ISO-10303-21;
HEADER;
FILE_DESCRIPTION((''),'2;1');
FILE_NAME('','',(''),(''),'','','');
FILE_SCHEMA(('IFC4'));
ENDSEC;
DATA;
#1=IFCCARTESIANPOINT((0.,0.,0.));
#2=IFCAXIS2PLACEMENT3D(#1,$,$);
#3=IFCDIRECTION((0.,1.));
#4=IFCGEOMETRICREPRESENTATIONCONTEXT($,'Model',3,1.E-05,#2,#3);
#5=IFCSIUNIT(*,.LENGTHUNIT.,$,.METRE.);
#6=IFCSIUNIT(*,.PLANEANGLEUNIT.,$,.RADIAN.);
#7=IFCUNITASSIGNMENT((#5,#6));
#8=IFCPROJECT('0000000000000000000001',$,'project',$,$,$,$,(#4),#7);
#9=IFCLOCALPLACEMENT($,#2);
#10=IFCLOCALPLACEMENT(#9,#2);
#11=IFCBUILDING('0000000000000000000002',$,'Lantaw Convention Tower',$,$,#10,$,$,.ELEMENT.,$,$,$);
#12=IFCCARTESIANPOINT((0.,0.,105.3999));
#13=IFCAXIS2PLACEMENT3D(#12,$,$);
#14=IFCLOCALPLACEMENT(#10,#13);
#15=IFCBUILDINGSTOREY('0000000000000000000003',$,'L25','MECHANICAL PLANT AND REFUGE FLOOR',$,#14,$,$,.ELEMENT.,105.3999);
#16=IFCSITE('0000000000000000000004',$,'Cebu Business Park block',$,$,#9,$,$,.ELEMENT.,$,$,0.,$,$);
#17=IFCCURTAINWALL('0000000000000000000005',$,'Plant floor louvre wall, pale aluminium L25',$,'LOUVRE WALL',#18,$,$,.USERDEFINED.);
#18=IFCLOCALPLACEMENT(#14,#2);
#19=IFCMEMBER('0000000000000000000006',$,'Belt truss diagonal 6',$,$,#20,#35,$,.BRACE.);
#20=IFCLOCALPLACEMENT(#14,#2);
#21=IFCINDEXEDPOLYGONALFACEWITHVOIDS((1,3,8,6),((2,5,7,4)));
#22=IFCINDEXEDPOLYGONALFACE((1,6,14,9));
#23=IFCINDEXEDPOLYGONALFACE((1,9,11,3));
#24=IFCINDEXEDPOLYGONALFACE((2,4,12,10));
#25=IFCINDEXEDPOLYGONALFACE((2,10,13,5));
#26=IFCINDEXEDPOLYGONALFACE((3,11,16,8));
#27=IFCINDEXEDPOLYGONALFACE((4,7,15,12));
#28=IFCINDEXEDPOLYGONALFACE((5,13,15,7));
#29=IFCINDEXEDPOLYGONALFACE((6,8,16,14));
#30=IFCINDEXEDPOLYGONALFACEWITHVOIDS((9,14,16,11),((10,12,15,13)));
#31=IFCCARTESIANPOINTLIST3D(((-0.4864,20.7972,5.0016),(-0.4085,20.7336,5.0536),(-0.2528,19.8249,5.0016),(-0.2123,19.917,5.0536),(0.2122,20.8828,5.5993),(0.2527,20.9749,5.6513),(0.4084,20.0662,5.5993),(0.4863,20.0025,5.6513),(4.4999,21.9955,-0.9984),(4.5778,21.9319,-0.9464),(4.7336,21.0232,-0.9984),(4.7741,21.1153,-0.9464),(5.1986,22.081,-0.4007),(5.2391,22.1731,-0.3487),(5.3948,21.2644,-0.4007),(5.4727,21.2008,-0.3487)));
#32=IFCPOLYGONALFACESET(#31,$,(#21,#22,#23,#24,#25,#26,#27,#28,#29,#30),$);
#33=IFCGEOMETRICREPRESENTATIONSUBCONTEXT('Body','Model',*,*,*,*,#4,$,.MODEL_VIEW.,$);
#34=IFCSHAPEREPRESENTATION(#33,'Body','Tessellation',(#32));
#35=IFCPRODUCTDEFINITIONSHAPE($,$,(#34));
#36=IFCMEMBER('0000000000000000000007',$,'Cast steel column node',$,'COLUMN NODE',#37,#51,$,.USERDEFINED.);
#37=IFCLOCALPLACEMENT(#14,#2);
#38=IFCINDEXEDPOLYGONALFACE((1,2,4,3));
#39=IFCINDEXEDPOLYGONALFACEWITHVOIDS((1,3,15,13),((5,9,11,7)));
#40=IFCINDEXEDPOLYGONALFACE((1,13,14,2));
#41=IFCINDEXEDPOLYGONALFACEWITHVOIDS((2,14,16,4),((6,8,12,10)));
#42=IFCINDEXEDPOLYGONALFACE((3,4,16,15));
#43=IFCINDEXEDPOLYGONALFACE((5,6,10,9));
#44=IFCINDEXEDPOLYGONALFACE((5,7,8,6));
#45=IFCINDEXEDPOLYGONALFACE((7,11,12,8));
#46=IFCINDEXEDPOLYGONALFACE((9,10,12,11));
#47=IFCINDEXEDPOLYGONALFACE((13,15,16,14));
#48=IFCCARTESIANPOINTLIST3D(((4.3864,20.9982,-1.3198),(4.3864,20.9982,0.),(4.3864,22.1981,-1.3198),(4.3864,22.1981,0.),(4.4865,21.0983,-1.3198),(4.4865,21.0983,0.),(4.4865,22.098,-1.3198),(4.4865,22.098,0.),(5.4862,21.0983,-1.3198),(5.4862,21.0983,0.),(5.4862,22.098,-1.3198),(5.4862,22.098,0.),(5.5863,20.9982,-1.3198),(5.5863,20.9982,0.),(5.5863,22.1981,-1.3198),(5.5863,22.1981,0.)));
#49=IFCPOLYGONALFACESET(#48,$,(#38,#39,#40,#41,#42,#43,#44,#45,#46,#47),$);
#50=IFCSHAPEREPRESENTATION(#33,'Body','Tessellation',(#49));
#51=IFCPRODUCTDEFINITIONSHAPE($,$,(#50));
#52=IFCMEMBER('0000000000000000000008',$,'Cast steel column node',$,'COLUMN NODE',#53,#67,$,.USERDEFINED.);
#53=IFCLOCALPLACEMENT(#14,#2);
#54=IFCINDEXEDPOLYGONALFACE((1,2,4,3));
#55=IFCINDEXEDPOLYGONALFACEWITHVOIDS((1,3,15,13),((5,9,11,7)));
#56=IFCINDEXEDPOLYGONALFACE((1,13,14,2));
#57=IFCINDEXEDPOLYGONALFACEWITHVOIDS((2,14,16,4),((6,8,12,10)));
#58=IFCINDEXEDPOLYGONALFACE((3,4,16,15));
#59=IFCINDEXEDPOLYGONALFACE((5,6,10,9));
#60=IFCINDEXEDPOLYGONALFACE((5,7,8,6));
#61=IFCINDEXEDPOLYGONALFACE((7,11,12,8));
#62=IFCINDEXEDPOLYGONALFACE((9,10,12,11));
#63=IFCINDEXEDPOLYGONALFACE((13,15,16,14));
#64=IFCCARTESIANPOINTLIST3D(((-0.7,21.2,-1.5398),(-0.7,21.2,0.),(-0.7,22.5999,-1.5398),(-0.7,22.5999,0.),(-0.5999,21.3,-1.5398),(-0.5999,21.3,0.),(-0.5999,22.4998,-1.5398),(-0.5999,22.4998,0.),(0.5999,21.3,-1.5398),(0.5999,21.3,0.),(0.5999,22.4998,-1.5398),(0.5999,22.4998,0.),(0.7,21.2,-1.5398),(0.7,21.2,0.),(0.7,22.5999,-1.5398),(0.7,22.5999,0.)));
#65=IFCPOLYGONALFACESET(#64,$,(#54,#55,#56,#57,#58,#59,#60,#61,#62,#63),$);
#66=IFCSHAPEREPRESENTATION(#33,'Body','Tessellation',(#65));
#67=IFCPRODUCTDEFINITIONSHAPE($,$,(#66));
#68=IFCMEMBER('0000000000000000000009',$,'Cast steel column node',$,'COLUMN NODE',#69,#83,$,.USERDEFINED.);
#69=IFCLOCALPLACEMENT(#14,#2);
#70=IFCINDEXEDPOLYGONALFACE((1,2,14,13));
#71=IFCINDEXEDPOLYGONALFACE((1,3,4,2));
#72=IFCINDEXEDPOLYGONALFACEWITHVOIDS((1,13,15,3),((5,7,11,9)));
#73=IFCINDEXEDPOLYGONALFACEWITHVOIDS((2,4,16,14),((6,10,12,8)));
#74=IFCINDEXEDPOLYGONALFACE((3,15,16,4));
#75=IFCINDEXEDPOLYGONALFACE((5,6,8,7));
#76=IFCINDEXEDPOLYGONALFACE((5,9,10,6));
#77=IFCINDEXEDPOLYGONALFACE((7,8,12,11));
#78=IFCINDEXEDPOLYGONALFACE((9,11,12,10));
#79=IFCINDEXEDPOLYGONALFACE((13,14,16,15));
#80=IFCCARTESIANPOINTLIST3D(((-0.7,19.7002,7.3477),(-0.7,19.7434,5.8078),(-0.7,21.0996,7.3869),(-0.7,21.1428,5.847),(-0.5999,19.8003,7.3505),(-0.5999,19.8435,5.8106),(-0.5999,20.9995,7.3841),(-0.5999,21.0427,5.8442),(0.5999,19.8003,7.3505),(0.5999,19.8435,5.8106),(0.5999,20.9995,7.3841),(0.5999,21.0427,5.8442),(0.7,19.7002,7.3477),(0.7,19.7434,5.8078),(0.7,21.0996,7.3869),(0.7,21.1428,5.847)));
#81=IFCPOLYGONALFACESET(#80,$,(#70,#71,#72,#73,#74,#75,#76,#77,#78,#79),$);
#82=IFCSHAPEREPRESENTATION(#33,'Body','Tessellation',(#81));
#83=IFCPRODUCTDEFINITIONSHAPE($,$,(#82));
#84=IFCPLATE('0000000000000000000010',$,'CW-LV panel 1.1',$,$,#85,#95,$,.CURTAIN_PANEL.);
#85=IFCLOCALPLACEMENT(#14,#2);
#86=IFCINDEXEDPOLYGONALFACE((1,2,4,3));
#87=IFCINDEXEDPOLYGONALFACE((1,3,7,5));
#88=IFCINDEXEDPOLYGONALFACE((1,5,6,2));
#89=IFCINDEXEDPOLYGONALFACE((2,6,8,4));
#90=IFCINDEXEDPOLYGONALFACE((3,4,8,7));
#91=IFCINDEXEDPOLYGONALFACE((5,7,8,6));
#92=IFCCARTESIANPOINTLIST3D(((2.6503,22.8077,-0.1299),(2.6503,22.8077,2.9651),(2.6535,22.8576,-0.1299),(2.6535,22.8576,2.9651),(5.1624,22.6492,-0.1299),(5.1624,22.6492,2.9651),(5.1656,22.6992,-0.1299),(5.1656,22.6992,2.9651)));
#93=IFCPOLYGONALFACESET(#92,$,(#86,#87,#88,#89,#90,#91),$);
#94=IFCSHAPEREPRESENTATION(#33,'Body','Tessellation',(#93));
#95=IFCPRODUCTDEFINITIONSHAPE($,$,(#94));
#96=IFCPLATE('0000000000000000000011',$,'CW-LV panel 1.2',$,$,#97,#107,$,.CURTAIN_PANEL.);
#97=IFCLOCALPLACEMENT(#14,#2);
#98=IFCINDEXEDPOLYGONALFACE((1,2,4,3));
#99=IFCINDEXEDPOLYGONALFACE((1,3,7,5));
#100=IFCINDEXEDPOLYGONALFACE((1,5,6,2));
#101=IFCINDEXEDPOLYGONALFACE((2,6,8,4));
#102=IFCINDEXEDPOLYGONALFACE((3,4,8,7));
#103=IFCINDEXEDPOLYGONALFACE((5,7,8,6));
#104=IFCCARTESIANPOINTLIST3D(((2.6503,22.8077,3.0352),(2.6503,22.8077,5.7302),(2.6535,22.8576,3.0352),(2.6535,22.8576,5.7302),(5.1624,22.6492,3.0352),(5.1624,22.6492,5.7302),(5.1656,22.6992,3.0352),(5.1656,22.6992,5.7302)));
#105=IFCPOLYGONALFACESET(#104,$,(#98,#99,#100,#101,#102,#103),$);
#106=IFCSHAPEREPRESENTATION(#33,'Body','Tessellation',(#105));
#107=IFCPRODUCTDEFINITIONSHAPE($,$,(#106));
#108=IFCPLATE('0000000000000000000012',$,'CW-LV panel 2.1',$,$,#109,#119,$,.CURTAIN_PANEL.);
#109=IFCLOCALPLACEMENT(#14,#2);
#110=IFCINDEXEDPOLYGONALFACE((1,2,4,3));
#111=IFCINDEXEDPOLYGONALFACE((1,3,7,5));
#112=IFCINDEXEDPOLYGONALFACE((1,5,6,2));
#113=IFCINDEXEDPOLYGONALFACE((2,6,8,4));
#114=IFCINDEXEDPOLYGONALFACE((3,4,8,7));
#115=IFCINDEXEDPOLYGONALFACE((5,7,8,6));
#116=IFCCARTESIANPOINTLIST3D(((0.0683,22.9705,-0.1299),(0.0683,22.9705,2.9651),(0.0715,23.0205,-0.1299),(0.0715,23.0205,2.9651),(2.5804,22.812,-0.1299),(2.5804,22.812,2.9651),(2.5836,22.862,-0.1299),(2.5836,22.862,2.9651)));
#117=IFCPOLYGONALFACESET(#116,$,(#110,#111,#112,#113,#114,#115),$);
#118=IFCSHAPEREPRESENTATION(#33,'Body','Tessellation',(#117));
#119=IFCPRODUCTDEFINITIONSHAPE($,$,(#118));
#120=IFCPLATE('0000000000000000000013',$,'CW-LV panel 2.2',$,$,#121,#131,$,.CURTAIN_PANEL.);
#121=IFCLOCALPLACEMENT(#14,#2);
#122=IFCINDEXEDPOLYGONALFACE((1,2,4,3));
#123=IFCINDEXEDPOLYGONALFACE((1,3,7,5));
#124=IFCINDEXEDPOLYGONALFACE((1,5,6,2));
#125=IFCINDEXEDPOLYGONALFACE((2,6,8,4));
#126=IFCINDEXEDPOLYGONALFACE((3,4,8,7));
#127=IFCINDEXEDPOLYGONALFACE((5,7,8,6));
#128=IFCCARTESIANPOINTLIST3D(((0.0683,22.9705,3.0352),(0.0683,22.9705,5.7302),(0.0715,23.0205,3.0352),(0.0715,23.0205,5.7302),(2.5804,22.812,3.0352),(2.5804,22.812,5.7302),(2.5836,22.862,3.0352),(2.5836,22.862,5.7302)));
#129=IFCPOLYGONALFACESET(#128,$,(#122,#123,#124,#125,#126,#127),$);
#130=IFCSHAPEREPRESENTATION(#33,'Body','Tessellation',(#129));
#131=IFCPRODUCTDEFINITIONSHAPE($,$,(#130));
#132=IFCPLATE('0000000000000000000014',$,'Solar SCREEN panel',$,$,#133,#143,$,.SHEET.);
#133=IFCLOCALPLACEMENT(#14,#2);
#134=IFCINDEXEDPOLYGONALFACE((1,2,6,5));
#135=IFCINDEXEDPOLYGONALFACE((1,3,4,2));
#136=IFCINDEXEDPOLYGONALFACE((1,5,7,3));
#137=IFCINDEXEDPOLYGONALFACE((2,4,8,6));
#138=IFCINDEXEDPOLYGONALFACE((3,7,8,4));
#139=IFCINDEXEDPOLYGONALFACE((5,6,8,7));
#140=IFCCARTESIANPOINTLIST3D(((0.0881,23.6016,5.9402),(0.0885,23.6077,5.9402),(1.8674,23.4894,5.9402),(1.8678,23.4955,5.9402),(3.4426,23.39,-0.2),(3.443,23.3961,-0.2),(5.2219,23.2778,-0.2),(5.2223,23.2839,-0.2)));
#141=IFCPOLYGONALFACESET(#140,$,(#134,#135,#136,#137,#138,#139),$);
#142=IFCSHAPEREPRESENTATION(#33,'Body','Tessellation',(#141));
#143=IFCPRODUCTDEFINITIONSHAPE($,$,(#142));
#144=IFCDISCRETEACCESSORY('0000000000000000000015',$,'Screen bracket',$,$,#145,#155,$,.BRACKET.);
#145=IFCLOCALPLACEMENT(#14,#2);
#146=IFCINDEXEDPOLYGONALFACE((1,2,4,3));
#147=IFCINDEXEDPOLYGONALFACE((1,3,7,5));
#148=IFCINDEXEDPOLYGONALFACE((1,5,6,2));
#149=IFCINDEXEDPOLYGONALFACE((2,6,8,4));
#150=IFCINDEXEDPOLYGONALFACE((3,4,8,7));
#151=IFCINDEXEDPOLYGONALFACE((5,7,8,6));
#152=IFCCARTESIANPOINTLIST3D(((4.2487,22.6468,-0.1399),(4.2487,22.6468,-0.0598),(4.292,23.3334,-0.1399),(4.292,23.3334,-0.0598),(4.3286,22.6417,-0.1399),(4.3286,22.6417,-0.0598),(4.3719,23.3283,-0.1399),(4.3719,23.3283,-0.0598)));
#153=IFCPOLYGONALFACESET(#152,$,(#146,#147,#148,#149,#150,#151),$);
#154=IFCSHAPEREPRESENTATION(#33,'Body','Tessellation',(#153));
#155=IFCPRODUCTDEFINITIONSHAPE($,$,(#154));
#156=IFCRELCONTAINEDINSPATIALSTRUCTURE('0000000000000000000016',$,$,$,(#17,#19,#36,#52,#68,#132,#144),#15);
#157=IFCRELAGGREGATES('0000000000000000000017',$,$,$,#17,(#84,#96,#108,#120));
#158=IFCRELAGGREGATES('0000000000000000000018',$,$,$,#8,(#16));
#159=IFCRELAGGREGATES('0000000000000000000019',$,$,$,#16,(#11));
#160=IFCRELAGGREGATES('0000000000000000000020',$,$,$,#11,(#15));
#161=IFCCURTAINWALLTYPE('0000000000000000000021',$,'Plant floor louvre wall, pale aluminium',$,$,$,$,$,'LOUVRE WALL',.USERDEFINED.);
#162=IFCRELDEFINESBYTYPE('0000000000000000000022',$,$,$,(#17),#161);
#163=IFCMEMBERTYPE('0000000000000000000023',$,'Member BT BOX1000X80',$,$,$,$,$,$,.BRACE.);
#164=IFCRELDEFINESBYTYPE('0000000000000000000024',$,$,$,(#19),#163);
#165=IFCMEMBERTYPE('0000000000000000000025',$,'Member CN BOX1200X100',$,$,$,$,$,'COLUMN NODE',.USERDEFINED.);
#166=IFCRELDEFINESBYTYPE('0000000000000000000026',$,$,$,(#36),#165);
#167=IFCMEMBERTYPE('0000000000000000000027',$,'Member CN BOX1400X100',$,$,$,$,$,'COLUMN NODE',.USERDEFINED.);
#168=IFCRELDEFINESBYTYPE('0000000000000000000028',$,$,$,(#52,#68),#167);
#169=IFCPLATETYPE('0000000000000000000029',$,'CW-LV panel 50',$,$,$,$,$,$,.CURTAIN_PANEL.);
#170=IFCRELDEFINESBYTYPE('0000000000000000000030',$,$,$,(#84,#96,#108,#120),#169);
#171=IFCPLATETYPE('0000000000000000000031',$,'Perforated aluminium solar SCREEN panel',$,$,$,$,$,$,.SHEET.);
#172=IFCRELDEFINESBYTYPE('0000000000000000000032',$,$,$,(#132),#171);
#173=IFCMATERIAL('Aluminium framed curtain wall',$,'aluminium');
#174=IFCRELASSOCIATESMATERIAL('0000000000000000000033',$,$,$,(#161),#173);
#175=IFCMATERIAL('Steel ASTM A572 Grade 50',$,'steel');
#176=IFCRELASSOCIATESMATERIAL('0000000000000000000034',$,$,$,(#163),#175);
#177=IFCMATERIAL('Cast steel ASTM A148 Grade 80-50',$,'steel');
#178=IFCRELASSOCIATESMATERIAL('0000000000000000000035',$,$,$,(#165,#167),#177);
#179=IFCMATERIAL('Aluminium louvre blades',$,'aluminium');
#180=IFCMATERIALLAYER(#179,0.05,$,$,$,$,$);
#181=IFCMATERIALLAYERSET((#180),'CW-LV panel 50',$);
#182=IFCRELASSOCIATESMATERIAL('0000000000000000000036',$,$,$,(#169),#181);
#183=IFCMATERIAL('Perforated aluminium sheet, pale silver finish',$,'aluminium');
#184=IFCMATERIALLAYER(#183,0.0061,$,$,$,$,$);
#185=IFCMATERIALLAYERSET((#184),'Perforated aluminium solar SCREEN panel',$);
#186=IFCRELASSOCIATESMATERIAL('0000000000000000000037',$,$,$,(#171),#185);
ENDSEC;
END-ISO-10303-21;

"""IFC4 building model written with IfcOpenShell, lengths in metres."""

from ifc_helpers import new_model, si_unit, direction, frame, origin, origin_2d, place, context, subcontext, project, spatial, polyline, rectangle, hollow_rectangle, outline, extrude, material, layer, layer_set, material_profile, profile_set, type_object, element, aggregate, save


model = new_model("IFC4")

# Units and contexts
model_context = context("Model", 3, precision=1e-05, world=origin(), true_north=direction((0.0, 1.0)))
body_context = subcontext(model_context, "Body", "Model", "MODEL_VIEW")
ifc_project = project(units=[si_unit("LENGTHUNIT", "METRE"), si_unit("PLANEANGLEUNIT", "RADIAN")], contexts=[model_context])

# Site, building, storey
site_placement = place(None, origin())
site = spatial("IfcSite", under=ifc_project, at=site_placement, Name="Cebu Business Park block", CompositionType="ELEMENT", RefElevation=0.0)
building_placement = place(site_placement, origin())
building = spatial("IfcBuilding", under=site, at=building_placement, Name="Lantaw Convention Tower", CompositionType="ELEMENT")
storey_placement = place(building_placement, frame((0.0, 0.0, 105.3999)))
storey = spatial("IfcBuildingStorey", under=building, at=storey_placement, Name="L25", Description="MECHANICAL PLANT AND REFUGE FLOOR", CompositionType="ELEMENT", Elevation=105.3999)

# Curtain wall
ifc_material_1 = material(Name="Aluminium framed curtain wall", Category="aluminium")
curtain_wall_type = type_object("IfcCurtainWallType", Name="Plant floor louvre wall, pale aluminium", ElementType="LOUVRE WALL", PredefinedType="USERDEFINED", material=ifc_material_1)
curtain_wall_placement = place(storey_placement, origin())
curtain_wall = element("IfcCurtainWall", 1, at=curtain_wall_placement, inside=storey, type_object=curtain_wall_type, Name="Plant floor louvre wall, pale aluminium L25", ObjectType="LOUVRE WALL", PredefinedType="USERDEFINED")

# Members
ifc_material_2 = material(Name="Steel ASTM A572 Grade 50", Category="steel")
ifc_material_profile_1 = material_profile(ifc_material_2, hollow_rectangle(XDim=1.0, YDim=1.0, WallThickness=0.0801, at=origin_2d()), Name="BOX1000X80")
ifc_profile_set_1 = profile_set([ifc_material_profile_1], Name="Steel ASTM A572 Grade 50")
member_type_1 = type_object("IfcMemberType", Name="Member BT BOX1000X80", PredefinedType="BRACE", material=ifc_profile_set_1)
member_1_placement = place(storey_placement, frame((4.9863, 21.5981, -0.6736), z_axis=(-0.631742, -0.151811, 0.760168), x_axis=(0.233654, -0.97232, 0.0)))
element("IfcMember", 2, at=member_1_placement, inside=storey, type_object=member_type_1, Name="Belt truss diagonal 6", PredefinedType="BRACE", context=body_context, shape_type="SweptSolid", body=[
    extrude(hollow_rectangle(XDim=1.0, YDim=1.0, WallThickness=0.0801, at=origin_2d()), origin(), (0.0, 0.0, 1.0), 7.8931),
])
ifc_material_3 = material(Name="Cast steel ASTM A148 Grade 80-50", Category="steel")
ifc_material_profile_2 = material_profile(ifc_material_3, hollow_rectangle(XDim=1.2, YDim=1.2, WallThickness=0.1001, at=origin_2d()), Name="BOX1200X100")
ifc_profile_set_2 = profile_set([ifc_material_profile_2], Name="Cast steel ASTM A148 Grade 80-50")
member_type_2 = type_object("IfcMemberType", Name="Member CN BOX1200X100", ElementType="COLUMN NODE", PredefinedType="USERDEFINED", material=ifc_profile_set_2)
member_2_placement = place(storey_placement, frame((4.9863, 21.5981, -1.3198), z_axis=(0.0, 0.0, 1.0), x_axis=(1.0, 0.0, 0.0)))
element("IfcMember", 3, at=member_2_placement, inside=storey, type_object=member_type_2, Name="Cast steel column node", ObjectType="COLUMN NODE", PredefinedType="USERDEFINED", context=body_context, shape_type="SweptSolid", body=[
    extrude(hollow_rectangle(XDim=1.2, YDim=1.2, WallThickness=0.1001, at=origin_2d()), origin(), (0.0, 0.0, 1.0), 1.3198),
])
ifc_material_profile_3 = material_profile(ifc_material_3, hollow_rectangle(XDim=1.3999, YDim=1.3999, WallThickness=0.1001, at=origin_2d()), Name="BOX1400X100")
ifc_profile_set_3 = profile_set([ifc_material_profile_3], Name="Cast steel ASTM A148 Grade 80-50")
member_type_3 = type_object("IfcMemberType", Name="Member CN BOX1400X100", ElementType="COLUMN NODE", PredefinedType="USERDEFINED", material=ifc_profile_set_3)
member_3_placement = place(storey_placement, frame((0.0, 21.8999, -1.5398), z_axis=(0.0, 0.0, 1.0), x_axis=(1.0, 0.0, 0.0)))
element("IfcMember", 4, at=member_3_placement, inside=storey, type_object=member_type_3, Name="Cast steel column node", ObjectType="COLUMN NODE", PredefinedType="USERDEFINED", context=body_context, shape_type="SweptSolid", body=[
    extrude(hollow_rectangle(XDim=1.3999, YDim=1.3999, WallThickness=0.1001, at=origin_2d()), origin(), (0.0, 0.0, 1.0), 1.5398),
])
member_4_placement = place(storey_placement, frame((0.0, 20.4431, 5.8274), z_axis=(0.0, -0.028049, 0.999607), x_axis=(1.0, 0.0, 0.0)))
element("IfcMember", 5, at=member_4_placement, inside=storey, type_object=member_type_3, Name="Cast steel column node", ObjectType="COLUMN NODE", PredefinedType="USERDEFINED", context=body_context, shape_type="SweptSolid", body=[
    extrude(hollow_rectangle(XDim=1.3999, YDim=1.3999, WallThickness=0.1001, at=origin_2d()), origin(), (0.0, 0.0, 1.0), 1.5405),
])

# Plates
ifc_material_4 = material(Name="Aluminium louvre blades", Category="aluminium")
ifc_layer_1 = layer(ifc_material_4, 0.05)
ifc_layer_set_1 = layer_set([ifc_layer_1], Name="CW-LV panel 50")
plate_type_1 = type_object("IfcPlateType", Name="CW-LV panel 50", PredefinedType="CURTAIN_PANEL", material=ifc_layer_set_1)
plate_1_placement = place(storey_placement, frame((3.908, 22.7534, -0.1299), z_axis=(0.0, 0.0, 1.0), x_axis=(-0.998016, 0.062958, 0.0)))
plate_1 = element("IfcPlate", 6, at=plate_1_placement, type_object=plate_type_1, Name="CW-LV panel 1.1", PredefinedType="CURTAIN_PANEL", context=body_context, shape_type="SweptSolid", body=[
    extrude(rectangle(XDim=2.5171, YDim=0.05, at=origin_2d()), origin(), (0.0, 0.0, 1.0), 3.095),
])
plate_2_placement = place(storey_placement, frame((3.908, 22.7534, 3.0352), z_axis=(0.0, 0.0, 1.0), x_axis=(-0.998016, 0.062958, 0.0)))
plate_2 = element("IfcPlate", 7, at=plate_2_placement, type_object=plate_type_1, Name="CW-LV panel 1.2", PredefinedType="CURTAIN_PANEL", context=body_context, shape_type="SweptSolid", body=[
    extrude(rectangle(XDim=2.5171, YDim=0.05, at=origin_2d()), origin(), (0.0, 0.0, 1.0), 2.6951),
])
plate_3_placement = place(storey_placement, frame((1.3259, 22.9163, -0.1299), z_axis=(0.0, 0.0, 1.0), x_axis=(-0.998016, 0.062958, 0.0)))
plate_3 = element("IfcPlate", 8, at=plate_3_placement, type_object=plate_type_1, Name="CW-LV panel 2.1", PredefinedType="CURTAIN_PANEL", context=body_context, shape_type="SweptSolid", body=[
    extrude(rectangle(XDim=2.5171, YDim=0.05, at=origin_2d()), origin(), (0.0, 0.0, 1.0), 3.095),
])
plate_4_placement = place(storey_placement, frame((1.3259, 22.9163, 3.0352), z_axis=(0.0, 0.0, 1.0), x_axis=(-0.998016, 0.062958, 0.0)))
plate_4 = element("IfcPlate", 9, at=plate_4_placement, type_object=plate_type_1, Name="CW-LV panel 2.2", PredefinedType="CURTAIN_PANEL", context=body_context, shape_type="SweptSolid", body=[
    extrude(rectangle(XDim=2.5171, YDim=0.05, at=origin_2d()), origin(), (0.0, 0.0, 1.0), 2.6951),
])
aggregate(curtain_wall, [plate_1, plate_2, plate_3, plate_4])
ifc_material_5 = material(Name="Perforated aluminium sheet, pale silver finish", Category="aluminium")
ifc_layer_2 = layer(ifc_material_5, 0.0061)
ifc_layer_set_2 = layer_set([ifc_layer_2], Name="Perforated aluminium solar SCREEN panel")
plate_type_2 = type_object("IfcPlateType", Name="Perforated aluminium solar SCREEN panel", PredefinedType="SHEET", material=ifc_layer_set_2)
plate_5_placement = place(storey_placement, frame((5.2219, 23.2778, -0.2), z_axis=(-0.062924, -0.998018, 0.000008), x_axis=(-0.998018, 0.062924, 0.0)))
element("IfcPlate", 10, at=plate_5_placement, inside=storey, type_object=plate_type_2, Name="Solar SCREEN panel", PredefinedType="SHEET", context=body_context, shape_type="SweptSolid", body=[
    extrude(outline(polyline([(0.0, 0.0), (1.7828, 0.0), (5.144, -6.1401), (3.3612, -6.1401), (0.0, 0.0)])), origin(), (0.0, 0.0, -1.0), 0.0061),
])

# Discrete accessory
discrete_accessory_placement = place(storey_placement, frame((4.3103, 22.9875, -0.1399), z_axis=(0.0, 0.0, 1.0), x_axis=(-0.998016, 0.062958, 0.0)))
element("IfcDiscreteAccessory", 11, at=discrete_accessory_placement, inside=storey, Name="Screen bracket", PredefinedType="BRACKET", context=body_context, shape_type="SweptSolid", body=[
    extrude(rectangle(XDim=0.0801, YDim=0.688, at=origin_2d()), origin(), (0.0, 0.0, 1.0), 0.0801),
])

save(model, "model.ifc")
